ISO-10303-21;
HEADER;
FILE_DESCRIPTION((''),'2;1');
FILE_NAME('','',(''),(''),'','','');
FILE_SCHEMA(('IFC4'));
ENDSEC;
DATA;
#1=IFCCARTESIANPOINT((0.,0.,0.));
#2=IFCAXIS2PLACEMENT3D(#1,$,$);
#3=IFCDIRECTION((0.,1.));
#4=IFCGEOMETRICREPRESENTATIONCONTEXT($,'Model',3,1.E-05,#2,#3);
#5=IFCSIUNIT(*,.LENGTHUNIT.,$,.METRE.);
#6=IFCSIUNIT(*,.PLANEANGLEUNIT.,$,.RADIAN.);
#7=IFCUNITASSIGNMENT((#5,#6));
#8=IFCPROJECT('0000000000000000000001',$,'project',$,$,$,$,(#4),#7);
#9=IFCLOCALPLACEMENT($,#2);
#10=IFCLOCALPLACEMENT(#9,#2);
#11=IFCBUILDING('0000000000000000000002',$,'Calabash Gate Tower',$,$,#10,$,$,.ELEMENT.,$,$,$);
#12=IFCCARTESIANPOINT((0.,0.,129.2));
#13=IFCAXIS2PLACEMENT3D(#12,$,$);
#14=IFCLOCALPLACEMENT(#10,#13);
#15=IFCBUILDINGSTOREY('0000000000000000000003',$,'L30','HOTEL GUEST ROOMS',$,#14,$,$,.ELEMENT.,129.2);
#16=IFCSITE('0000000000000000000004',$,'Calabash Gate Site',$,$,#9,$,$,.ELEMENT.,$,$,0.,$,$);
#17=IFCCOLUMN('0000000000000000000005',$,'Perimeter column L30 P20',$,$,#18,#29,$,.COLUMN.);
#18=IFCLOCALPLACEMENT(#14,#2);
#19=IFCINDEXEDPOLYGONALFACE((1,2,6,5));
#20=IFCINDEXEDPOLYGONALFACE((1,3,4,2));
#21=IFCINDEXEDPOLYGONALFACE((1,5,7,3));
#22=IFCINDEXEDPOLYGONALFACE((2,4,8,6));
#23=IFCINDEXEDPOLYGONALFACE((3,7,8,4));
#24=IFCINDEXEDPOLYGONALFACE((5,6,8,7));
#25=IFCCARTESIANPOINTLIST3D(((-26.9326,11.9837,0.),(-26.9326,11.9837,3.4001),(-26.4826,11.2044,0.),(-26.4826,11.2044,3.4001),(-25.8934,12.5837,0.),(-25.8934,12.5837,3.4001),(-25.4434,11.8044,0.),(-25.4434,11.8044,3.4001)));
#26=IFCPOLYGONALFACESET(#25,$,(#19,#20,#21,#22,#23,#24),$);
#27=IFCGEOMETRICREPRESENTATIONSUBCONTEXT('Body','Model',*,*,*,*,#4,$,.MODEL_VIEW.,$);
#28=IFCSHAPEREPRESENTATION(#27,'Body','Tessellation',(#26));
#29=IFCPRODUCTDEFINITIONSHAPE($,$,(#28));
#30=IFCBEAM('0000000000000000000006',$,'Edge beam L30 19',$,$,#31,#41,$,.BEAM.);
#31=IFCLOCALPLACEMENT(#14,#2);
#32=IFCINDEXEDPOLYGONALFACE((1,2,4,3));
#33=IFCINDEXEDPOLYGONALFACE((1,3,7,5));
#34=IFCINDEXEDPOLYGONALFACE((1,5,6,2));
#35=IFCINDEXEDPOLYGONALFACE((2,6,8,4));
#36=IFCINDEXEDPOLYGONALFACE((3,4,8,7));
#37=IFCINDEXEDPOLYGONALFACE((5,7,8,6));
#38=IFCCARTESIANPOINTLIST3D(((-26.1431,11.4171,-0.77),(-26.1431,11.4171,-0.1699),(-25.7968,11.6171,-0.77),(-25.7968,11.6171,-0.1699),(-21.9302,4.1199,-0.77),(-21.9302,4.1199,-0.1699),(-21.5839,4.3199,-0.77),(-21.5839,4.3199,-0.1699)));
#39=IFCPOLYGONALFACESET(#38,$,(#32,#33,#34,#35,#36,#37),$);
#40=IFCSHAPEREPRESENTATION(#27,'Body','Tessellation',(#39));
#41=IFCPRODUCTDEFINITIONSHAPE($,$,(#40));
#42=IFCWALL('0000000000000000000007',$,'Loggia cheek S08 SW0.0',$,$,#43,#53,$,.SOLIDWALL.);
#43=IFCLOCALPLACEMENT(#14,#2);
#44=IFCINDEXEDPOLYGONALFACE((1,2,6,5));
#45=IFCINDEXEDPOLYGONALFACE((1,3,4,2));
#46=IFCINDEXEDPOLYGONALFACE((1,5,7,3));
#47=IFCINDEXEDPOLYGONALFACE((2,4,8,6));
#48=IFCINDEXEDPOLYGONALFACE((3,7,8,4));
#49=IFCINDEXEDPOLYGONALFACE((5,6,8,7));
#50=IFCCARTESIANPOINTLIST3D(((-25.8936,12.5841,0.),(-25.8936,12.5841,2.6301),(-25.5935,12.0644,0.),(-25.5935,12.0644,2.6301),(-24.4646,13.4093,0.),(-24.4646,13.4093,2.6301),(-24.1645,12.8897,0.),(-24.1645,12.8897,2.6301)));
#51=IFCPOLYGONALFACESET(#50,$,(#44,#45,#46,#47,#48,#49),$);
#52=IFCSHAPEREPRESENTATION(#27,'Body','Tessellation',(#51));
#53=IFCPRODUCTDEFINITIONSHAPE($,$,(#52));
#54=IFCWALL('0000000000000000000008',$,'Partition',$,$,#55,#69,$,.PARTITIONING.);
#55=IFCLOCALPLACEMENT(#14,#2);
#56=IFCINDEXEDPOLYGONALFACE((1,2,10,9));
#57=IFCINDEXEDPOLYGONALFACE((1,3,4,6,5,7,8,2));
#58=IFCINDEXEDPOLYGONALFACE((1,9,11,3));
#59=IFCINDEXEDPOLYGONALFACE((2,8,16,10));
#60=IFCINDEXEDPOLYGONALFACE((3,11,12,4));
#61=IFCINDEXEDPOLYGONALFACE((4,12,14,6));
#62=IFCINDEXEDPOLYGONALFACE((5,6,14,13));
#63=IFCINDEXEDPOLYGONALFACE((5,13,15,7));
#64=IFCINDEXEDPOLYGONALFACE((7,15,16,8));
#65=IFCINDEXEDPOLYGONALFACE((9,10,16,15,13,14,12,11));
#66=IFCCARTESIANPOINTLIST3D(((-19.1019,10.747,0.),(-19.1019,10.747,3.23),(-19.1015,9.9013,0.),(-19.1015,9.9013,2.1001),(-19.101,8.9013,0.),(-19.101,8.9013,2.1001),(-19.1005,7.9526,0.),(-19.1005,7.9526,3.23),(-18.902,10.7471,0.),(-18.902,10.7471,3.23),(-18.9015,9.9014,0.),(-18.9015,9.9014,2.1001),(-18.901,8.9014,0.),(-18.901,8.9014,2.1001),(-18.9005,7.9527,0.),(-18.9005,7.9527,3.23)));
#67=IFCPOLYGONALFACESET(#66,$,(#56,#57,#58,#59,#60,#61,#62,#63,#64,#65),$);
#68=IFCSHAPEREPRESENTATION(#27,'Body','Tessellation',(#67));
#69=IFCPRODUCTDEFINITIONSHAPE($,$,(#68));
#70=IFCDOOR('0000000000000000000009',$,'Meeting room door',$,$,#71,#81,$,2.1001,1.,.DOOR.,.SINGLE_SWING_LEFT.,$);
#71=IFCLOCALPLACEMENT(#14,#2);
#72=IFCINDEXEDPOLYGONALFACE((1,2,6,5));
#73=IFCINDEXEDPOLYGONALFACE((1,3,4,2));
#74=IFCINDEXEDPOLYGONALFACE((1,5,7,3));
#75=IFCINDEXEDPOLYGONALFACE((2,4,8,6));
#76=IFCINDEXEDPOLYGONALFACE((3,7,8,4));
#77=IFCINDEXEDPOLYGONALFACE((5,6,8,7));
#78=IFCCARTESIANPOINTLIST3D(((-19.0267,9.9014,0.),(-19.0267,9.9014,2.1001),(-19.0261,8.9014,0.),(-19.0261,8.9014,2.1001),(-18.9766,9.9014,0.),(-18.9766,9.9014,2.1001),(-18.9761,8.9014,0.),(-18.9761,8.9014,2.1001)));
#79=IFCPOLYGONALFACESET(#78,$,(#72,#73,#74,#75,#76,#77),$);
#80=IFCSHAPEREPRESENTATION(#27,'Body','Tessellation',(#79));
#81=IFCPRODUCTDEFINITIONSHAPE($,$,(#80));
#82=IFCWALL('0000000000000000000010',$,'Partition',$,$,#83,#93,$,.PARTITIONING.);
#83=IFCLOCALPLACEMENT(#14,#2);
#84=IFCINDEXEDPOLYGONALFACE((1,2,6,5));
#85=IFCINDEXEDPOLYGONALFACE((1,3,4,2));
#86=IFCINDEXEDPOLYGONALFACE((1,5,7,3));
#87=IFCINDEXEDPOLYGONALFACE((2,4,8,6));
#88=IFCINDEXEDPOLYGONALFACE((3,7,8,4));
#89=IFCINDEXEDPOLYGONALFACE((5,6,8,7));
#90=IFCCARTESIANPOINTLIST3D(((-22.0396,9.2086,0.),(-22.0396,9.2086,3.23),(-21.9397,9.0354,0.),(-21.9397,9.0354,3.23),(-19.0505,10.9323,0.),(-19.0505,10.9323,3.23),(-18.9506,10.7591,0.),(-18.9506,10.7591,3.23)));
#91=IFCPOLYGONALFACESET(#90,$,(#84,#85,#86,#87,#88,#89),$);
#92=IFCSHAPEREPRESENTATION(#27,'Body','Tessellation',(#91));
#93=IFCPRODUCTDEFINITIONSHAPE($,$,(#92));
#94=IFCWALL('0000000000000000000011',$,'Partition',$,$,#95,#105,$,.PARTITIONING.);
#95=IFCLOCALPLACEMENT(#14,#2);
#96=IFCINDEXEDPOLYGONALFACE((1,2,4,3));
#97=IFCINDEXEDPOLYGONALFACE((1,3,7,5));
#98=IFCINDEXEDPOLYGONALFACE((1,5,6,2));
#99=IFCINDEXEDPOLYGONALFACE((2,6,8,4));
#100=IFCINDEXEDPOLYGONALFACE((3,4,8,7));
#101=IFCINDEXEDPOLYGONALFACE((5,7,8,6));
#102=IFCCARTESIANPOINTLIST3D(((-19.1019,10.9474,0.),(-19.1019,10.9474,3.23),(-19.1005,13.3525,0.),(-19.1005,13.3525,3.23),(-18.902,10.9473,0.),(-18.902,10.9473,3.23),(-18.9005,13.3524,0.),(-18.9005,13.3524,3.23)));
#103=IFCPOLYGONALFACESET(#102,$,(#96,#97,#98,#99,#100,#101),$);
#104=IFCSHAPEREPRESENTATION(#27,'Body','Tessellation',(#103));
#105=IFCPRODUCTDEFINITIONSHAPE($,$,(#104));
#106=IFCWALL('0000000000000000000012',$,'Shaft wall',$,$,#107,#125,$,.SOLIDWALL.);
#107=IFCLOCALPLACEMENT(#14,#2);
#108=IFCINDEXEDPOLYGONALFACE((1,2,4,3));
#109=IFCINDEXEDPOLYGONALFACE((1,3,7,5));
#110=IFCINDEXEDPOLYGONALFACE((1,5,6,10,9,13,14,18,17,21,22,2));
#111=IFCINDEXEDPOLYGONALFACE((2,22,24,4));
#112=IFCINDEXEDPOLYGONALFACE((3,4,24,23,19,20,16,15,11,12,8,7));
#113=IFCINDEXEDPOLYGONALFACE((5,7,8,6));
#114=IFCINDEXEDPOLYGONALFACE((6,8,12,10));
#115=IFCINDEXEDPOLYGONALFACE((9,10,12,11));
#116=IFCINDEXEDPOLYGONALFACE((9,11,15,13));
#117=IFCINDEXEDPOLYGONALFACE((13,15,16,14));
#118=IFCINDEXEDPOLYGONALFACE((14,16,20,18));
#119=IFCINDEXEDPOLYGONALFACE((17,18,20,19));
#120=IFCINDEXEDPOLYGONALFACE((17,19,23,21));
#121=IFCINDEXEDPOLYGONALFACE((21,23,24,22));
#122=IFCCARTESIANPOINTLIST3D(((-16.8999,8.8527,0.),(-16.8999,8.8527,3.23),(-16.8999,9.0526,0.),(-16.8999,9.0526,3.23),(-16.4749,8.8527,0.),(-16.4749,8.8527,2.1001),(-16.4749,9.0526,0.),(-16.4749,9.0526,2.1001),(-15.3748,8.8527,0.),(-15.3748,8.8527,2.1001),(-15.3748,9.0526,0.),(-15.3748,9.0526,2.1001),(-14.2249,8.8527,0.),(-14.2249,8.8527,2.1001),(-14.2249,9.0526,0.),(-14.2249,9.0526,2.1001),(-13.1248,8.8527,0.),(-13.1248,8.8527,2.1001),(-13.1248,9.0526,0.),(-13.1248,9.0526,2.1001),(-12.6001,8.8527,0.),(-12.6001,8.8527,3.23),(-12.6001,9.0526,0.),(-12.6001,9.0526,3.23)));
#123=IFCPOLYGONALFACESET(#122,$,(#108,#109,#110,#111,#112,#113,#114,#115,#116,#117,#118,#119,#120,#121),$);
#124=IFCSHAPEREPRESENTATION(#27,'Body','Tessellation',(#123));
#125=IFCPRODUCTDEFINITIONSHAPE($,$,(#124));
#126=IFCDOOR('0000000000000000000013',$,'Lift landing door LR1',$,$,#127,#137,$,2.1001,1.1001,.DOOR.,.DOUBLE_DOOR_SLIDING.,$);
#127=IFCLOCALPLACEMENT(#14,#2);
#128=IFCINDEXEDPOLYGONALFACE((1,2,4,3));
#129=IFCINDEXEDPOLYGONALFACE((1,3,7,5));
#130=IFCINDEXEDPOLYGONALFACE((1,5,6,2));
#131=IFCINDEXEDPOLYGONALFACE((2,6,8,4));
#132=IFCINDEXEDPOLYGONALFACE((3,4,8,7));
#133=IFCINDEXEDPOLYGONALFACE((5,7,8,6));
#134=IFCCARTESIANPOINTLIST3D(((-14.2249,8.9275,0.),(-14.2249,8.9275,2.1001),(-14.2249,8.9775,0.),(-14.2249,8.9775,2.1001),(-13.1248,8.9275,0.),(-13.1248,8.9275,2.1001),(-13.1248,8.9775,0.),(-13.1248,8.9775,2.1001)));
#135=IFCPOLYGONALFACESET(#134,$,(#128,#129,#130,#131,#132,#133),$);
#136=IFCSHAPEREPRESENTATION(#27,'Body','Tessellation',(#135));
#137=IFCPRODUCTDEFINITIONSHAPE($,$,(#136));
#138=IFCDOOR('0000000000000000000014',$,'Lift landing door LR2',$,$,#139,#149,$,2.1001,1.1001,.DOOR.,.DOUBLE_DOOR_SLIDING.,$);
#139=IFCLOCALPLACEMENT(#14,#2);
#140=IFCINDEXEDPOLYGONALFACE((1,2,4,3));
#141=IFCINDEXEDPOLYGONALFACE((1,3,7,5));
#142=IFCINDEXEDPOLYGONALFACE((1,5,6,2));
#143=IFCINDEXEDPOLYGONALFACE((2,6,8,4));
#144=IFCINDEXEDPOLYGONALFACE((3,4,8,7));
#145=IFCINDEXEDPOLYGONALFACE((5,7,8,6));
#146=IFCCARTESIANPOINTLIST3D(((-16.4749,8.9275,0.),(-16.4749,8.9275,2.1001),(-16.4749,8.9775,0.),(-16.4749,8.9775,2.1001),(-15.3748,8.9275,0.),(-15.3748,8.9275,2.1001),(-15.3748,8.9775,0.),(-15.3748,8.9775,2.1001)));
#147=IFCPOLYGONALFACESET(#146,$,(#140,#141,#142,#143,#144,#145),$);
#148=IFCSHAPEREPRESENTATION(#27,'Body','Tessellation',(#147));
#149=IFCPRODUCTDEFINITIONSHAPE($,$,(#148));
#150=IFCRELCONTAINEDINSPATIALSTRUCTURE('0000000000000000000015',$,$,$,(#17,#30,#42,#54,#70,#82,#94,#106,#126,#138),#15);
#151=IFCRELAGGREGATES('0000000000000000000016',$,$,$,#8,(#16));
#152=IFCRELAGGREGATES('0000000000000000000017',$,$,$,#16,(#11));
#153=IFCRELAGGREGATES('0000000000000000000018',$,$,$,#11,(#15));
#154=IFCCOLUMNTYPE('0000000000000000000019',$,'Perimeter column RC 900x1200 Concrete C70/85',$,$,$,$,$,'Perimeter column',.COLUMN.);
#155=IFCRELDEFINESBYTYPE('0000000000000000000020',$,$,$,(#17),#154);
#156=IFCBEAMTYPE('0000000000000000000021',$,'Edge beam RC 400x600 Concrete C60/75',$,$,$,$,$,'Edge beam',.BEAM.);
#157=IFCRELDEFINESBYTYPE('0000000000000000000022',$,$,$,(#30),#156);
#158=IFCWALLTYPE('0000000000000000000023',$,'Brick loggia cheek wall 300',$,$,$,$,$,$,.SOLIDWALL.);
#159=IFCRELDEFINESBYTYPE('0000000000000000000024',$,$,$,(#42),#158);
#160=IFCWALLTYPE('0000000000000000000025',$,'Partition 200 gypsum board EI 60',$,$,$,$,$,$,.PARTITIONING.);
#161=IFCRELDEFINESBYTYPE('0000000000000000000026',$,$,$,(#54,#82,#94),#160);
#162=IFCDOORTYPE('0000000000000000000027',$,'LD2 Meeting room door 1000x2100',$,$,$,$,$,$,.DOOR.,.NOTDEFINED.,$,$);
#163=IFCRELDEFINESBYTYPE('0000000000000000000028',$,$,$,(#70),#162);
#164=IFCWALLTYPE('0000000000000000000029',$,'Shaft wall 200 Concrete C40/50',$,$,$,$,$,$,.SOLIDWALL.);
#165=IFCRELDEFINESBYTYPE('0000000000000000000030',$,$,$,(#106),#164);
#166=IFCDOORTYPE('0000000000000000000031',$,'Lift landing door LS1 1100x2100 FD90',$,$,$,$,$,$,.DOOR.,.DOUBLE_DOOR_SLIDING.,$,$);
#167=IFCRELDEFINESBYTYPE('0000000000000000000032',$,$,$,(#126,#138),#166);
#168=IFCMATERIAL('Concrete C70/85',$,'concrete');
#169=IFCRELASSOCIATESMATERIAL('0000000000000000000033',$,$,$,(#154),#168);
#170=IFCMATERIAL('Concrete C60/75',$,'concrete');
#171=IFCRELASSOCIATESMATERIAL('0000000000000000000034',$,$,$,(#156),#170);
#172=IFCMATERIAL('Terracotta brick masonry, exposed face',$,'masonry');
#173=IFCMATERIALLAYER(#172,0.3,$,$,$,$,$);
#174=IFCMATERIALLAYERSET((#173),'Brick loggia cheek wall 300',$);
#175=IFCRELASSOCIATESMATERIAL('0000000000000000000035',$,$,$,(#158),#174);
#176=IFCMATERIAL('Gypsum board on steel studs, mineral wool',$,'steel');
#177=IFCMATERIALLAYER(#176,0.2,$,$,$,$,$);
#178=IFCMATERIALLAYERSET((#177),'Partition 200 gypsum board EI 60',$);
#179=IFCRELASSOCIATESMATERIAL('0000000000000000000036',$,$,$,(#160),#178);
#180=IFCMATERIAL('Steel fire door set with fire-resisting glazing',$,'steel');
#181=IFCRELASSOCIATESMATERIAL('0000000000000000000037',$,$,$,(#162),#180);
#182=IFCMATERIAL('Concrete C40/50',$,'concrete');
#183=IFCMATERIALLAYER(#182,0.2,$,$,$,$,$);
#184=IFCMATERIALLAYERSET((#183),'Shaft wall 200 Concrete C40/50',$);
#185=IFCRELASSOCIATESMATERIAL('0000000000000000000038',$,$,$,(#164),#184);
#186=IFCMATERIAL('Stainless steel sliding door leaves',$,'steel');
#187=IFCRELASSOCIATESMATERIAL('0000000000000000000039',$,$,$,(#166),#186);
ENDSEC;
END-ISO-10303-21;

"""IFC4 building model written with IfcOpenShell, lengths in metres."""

from ifc_helpers import new_model, si_unit, direction, frame, frame_2d, origin, origin_2d, place, context, subcontext, project, spatial, rectangle, extrude, material, layer, layer_set, material_profile, profile_set, type_object, element, fill, save


model = new_model("IFC4")

# Units and contexts
model_context = context("Model", 3, precision=1e-05, world=origin(), true_north=direction((0.0, 1.0)))
body_context = subcontext(model_context, "Body", "Model", "MODEL_VIEW")
ifc_project = project(units=[si_unit("LENGTHUNIT", "METRE"), si_unit("PLANEANGLEUNIT", "RADIAN")], contexts=[model_context])

# Site, building, storey
site_placement = place(None, origin())
site = spatial("IfcSite", under=ifc_project, at=site_placement, Name="Calabash Gate Site", CompositionType="ELEMENT", RefElevation=0.0)
building_placement = place(site_placement, origin())
building = spatial("IfcBuilding", under=site, at=building_placement, Name="Calabash Gate Tower", CompositionType="ELEMENT")
storey_placement = place(building_placement, frame((0.0, 0.0, 129.2)))
storey = spatial("IfcBuildingStorey", under=building, at=storey_placement, Name="L30", Description="HOTEL GUEST ROOMS", CompositionType="ELEMENT", Elevation=129.2)

# Column
ifc_material_1 = material(Name="Concrete C70/85", Category="concrete")
ifc_material_profile_1 = material_profile(ifc_material_1, rectangle(XDim=0.8999, YDim=1.2, at=origin_2d()))
ifc_profile_set_1 = profile_set([ifc_material_profile_1], Name="Concrete C70/85")
column_type = type_object("IfcColumnType", Name="Perimeter column RC 900x1200 Concrete C70/85", ElementType="Perimeter column", PredefinedType="COLUMN", material=ifc_profile_set_1)
column_placement = place(storey_placement, frame((-26.188, 11.894, 0.0), z_axis=(0.0, 0.0, 1.0), x_axis=(0.5, -0.866025, 0.0)))
element("IfcColumn", 1, at=column_placement, inside=storey, type_object=column_type, Name="Perimeter column L30 P20", PredefinedType="COLUMN", context=body_context, shape_type="SweptSolid", body=[
    extrude(rectangle(XDim=0.8999, YDim=1.2, at=origin_2d()), origin(), (0.0, 0.0, 1.0), 3.4001),
])

# Beam
ifc_material_2 = material(Name="Concrete C60/75", Category="concrete")
ifc_material_profile_2 = material_profile(ifc_material_2, rectangle(XDim=0.3999, YDim=0.6001, at=origin_2d()))
ifc_profile_set_2 = profile_set([ifc_material_profile_2], Name="Concrete C60/75")
beam_type = type_object("IfcBeamType", Name="Edge beam RC 400x600 Concrete C60/75", ElementType="Edge beam", PredefinedType="BEAM", material=ifc_profile_set_2)
beam_placement = place(storey_placement, frame((-25.97, 11.5171, -0.47), z_axis=(0.499991, -0.866031, 0.0), x_axis=(0.866031, 0.499991, 0.0)))
element("IfcBeam", 2, at=beam_placement, inside=storey, type_object=beam_type, Name="Edge beam L30 19", PredefinedType="BEAM", context=body_context, shape_type="SweptSolid", body=[
    extrude(rectangle(XDim=0.3999, YDim=0.6001, at=origin_2d()), origin(), (0.0, 0.0, 1.0), 8.426),
])

# Wall
ifc_material_3 = material(Name="Terracotta brick masonry, exposed face", Category="masonry")
ifc_layer_1 = layer(ifc_material_3, 0.3)
ifc_layer_set_1 = layer_set([ifc_layer_1], Name="Brick loggia cheek wall 300")
wall_type_1 = type_object("IfcWallType", Name="Brick loggia cheek wall 300", PredefinedType="SOLIDWALL", material=ifc_layer_set_1)
wall_1_placement = place(storey_placement, frame((-25.7437, 12.3242, 0.0), z_axis=(0.0, 0.0, 1.0), x_axis=(0.865976, 0.500085, 0.0)))
element("IfcWall", 3, at=wall_1_placement, inside=storey, type_object=wall_type_1, Name="Loggia cheek S08 SW0.0", PredefinedType="SOLIDWALL", context=body_context, shape_type="SweptSolid", body=[
    extrude(rectangle(XDim=1.6501, YDim=0.6001, at=frame_2d((0.8252, 0.0))), origin(), (0.0, 0.0, 1.0), 2.6301),
])

# Wall, opening, door
ifc_material_4 = material(Name="Gypsum board on steel studs, mineral wool", Category="steel")
ifc_layer_2 = layer(ifc_material_4, 0.2)
ifc_layer_set_2 = layer_set([ifc_layer_2], Name="Partition 200 gypsum board EI 60")
wall_type_2 = type_object("IfcWallType", Name="Partition 200 gypsum board EI 60", PredefinedType="PARTITIONING", material=ifc_layer_set_2)
wall_2_placement = place(storey_placement, frame((-19.002, 10.7471, 0.0), z_axis=(0.0, 0.0, 1.0), x_axis=(0.000524, -1.0, 0.0)))
wall_2 = element("IfcWall", 4, at=wall_2_placement, inside=storey, type_object=wall_type_2, Name="Partition", PredefinedType="PARTITIONING", context=body_context, shape_type="SweptSolid", body=[
    extrude(rectangle(XDim=2.7944, YDim=0.2, at=frame_2d((1.3972, 0.0))), origin(), (0.0, 0.0, 1.0), 3.23),
])
opening_1_placement = place(wall_2_placement, frame((0.8457, 0.0, 0.0)))
opening_1 = element("IfcOpeningElement", 5, at=opening_1_placement, cuts=wall_2, PredefinedType="OPENING", context=body_context, shape_type="SweptSolid", body=[
    extrude(rectangle(XDim=1.0, YDim=2.1001, at=frame_2d((0.5, 1.05))), frame((0.0, 0.1099, 0.0), z_axis=(0.0, -1.0, 0.0), x_axis=(1.0, 0.0, 0.0)), (0.0, 0.0, 1.0), 0.22),
])
ifc_material_5 = material(Name="Steel fire door set with fire-resisting glazing", Category="steel")
door_type_1 = type_object("IfcDoorType", Name="LD2 Meeting room door 1000x2100", OperationType="NOTDEFINED", PredefinedType="DOOR", material=ifc_material_5)
door_1_placement = place(opening_1_placement, origin())
door_1 = element("IfcDoor", 6, at=door_1_placement, inside=storey, type_object=door_type_1, Name="Meeting room door", OperationType="SINGLE_SWING_LEFT", OverallHeight=2.1001, OverallWidth=1.0, PredefinedType="DOOR", context=body_context, shape_type="SweptSolid", body=[
    extrude(rectangle(XDim=1.0, YDim=2.1001, at=frame_2d((0.5, 1.05))), frame((0.0, 0.0249, 0.0), z_axis=(0.0, -1.0, 0.0), x_axis=(1.0, 0.0, 0.0)), (0.0, 0.0, 1.0), 0.05),
])
fill(opening_1, door_1)

# Walls
wall_3_placement = place(storey_placement, frame((-21.9895, 9.1221, 0.0), z_axis=(0.0, 0.0, 1.0), x_axis=(0.866286, 0.499549, 0.0)))
element("IfcWall", 7, at=wall_3_placement, inside=storey, type_object=wall_type_2, Name="Partition", PredefinedType="PARTITIONING", context=body_context, shape_type="SweptSolid", body=[
    extrude(rectangle(XDim=3.4504, YDim=0.2, at=frame_2d((1.7251, 0.0))), origin(), (0.0, 0.0, 1.0), 3.23),
])
wall_4_placement = place(storey_placement, frame((-19.002, 10.9473, 0.0), z_axis=(0.0, 0.0, 1.0), x_axis=(0.000609, 1.0, 0.0)))
element("IfcWall", 8, at=wall_4_placement, inside=storey, type_object=wall_type_2, Name="Partition", PredefinedType="PARTITIONING", context=body_context, shape_type="SweptSolid", body=[
    extrude(rectangle(XDim=2.405, YDim=0.2, at=frame_2d((1.2026, 0.0))), origin(), (0.0, 0.0, 1.0), 3.23),
])

# Wall, openings, doors
ifc_material_6 = material(Name="Concrete C40/50", Category="concrete")
ifc_layer_3 = layer(ifc_material_6, 0.2)
ifc_layer_set_3 = layer_set([ifc_layer_3], Name="Shaft wall 200 Concrete C40/50")
wall_type_3 = type_object("IfcWallType", Name="Shaft wall 200 Concrete C40/50", PredefinedType="SOLIDWALL", material=ifc_layer_set_3)
wall_5_placement = place(storey_placement, frame((-16.8999, 8.9526, 0.0), z_axis=(0.0, 0.0, 1.0), x_axis=(1.0, 0.0, 0.0)))
wall_5 = element("IfcWall", 9, at=wall_5_placement, inside=storey, type_object=wall_type_3, Name="Shaft wall", PredefinedType="SOLIDWALL", context=body_context, shape_type="SweptSolid", body=[
    extrude(rectangle(XDim=4.2998, YDim=0.2, at=frame_2d((2.1499, 0.0))), origin(), (0.0, 0.0, 1.0), 3.23),
])
opening_2_placement = place(wall_5_placement, frame((2.675, 0.0, 0.0)))
opening_2 = element("IfcOpeningElement", 10, at=opening_2_placement, cuts=wall_5, PredefinedType="OPENING", context=body_context, shape_type="SweptSolid", body=[
    extrude(rectangle(XDim=1.1001, YDim=2.1001, at=frame_2d((0.55, 1.05))), frame((0.0, 0.1099, 0.0), z_axis=(0.0, -1.0, 0.0), x_axis=(1.0, 0.0, 0.0)), (0.0, 0.0, 1.0), 0.22),
])
opening_3_placement = place(wall_5_placement, frame((0.425, 0.0, 0.0)))
opening_3 = element("IfcOpeningElement", 11, at=opening_3_placement, cuts=wall_5, PredefinedType="OPENING", context=body_context, shape_type="SweptSolid", body=[
    extrude(rectangle(XDim=1.1001, YDim=2.1001, at=frame_2d((0.55, 1.05))), frame((0.0, 0.1099, 0.0), z_axis=(0.0, -1.0, 0.0), x_axis=(1.0, 0.0, 0.0)), (0.0, 0.0, 1.0), 0.22),
])
ifc_material_7 = material(Name="Stainless steel sliding door leaves", Category="steel")
door_type_2 = type_object("IfcDoorType", Name="Lift landing door LS1 1100x2100 FD90", OperationType="DOUBLE_DOOR_SLIDING", PredefinedType="DOOR", material=ifc_material_7)
door_2_placement = place(opening_2_placement, origin())
door_2 = element("IfcDoor", 12, at=door_2_placement, inside=storey, type_object=door_type_2, Name="Lift landing door LR1", OperationType="DOUBLE_DOOR_SLIDING", OverallHeight=2.1001, OverallWidth=1.1001, PredefinedType="DOOR", context=body_context, shape_type="SweptSolid", body=[
    extrude(rectangle(XDim=1.1001, YDim=2.1001, at=frame_2d((0.55, 1.05))), frame((0.0, 0.0249, 0.0), z_axis=(0.0, -1.0, 0.0), x_axis=(1.0, 0.0, 0.0)), (0.0, 0.0, 1.0), 0.05),
])
fill(opening_2, door_2)
door_3_placement = place(opening_3_placement, origin())
door_3 = element("IfcDoor", 13, at=door_3_placement, inside=storey, type_object=door_type_2, Name="Lift landing door LR2", OperationType="DOUBLE_DOOR_SLIDING", OverallHeight=2.1001, OverallWidth=1.1001, PredefinedType="DOOR", context=body_context, shape_type="SweptSolid", body=[
    extrude(rectangle(XDim=1.1001, YDim=2.1001, at=frame_2d((0.55, 1.05))), frame((0.0, 0.0249, 0.0), z_axis=(0.0, -1.0, 0.0), x_axis=(1.0, 0.0, 0.0)), (0.0, 0.0, 1.0), 0.05),
])
fill(opening_3, door_3)

save(model, "model.ifc")
